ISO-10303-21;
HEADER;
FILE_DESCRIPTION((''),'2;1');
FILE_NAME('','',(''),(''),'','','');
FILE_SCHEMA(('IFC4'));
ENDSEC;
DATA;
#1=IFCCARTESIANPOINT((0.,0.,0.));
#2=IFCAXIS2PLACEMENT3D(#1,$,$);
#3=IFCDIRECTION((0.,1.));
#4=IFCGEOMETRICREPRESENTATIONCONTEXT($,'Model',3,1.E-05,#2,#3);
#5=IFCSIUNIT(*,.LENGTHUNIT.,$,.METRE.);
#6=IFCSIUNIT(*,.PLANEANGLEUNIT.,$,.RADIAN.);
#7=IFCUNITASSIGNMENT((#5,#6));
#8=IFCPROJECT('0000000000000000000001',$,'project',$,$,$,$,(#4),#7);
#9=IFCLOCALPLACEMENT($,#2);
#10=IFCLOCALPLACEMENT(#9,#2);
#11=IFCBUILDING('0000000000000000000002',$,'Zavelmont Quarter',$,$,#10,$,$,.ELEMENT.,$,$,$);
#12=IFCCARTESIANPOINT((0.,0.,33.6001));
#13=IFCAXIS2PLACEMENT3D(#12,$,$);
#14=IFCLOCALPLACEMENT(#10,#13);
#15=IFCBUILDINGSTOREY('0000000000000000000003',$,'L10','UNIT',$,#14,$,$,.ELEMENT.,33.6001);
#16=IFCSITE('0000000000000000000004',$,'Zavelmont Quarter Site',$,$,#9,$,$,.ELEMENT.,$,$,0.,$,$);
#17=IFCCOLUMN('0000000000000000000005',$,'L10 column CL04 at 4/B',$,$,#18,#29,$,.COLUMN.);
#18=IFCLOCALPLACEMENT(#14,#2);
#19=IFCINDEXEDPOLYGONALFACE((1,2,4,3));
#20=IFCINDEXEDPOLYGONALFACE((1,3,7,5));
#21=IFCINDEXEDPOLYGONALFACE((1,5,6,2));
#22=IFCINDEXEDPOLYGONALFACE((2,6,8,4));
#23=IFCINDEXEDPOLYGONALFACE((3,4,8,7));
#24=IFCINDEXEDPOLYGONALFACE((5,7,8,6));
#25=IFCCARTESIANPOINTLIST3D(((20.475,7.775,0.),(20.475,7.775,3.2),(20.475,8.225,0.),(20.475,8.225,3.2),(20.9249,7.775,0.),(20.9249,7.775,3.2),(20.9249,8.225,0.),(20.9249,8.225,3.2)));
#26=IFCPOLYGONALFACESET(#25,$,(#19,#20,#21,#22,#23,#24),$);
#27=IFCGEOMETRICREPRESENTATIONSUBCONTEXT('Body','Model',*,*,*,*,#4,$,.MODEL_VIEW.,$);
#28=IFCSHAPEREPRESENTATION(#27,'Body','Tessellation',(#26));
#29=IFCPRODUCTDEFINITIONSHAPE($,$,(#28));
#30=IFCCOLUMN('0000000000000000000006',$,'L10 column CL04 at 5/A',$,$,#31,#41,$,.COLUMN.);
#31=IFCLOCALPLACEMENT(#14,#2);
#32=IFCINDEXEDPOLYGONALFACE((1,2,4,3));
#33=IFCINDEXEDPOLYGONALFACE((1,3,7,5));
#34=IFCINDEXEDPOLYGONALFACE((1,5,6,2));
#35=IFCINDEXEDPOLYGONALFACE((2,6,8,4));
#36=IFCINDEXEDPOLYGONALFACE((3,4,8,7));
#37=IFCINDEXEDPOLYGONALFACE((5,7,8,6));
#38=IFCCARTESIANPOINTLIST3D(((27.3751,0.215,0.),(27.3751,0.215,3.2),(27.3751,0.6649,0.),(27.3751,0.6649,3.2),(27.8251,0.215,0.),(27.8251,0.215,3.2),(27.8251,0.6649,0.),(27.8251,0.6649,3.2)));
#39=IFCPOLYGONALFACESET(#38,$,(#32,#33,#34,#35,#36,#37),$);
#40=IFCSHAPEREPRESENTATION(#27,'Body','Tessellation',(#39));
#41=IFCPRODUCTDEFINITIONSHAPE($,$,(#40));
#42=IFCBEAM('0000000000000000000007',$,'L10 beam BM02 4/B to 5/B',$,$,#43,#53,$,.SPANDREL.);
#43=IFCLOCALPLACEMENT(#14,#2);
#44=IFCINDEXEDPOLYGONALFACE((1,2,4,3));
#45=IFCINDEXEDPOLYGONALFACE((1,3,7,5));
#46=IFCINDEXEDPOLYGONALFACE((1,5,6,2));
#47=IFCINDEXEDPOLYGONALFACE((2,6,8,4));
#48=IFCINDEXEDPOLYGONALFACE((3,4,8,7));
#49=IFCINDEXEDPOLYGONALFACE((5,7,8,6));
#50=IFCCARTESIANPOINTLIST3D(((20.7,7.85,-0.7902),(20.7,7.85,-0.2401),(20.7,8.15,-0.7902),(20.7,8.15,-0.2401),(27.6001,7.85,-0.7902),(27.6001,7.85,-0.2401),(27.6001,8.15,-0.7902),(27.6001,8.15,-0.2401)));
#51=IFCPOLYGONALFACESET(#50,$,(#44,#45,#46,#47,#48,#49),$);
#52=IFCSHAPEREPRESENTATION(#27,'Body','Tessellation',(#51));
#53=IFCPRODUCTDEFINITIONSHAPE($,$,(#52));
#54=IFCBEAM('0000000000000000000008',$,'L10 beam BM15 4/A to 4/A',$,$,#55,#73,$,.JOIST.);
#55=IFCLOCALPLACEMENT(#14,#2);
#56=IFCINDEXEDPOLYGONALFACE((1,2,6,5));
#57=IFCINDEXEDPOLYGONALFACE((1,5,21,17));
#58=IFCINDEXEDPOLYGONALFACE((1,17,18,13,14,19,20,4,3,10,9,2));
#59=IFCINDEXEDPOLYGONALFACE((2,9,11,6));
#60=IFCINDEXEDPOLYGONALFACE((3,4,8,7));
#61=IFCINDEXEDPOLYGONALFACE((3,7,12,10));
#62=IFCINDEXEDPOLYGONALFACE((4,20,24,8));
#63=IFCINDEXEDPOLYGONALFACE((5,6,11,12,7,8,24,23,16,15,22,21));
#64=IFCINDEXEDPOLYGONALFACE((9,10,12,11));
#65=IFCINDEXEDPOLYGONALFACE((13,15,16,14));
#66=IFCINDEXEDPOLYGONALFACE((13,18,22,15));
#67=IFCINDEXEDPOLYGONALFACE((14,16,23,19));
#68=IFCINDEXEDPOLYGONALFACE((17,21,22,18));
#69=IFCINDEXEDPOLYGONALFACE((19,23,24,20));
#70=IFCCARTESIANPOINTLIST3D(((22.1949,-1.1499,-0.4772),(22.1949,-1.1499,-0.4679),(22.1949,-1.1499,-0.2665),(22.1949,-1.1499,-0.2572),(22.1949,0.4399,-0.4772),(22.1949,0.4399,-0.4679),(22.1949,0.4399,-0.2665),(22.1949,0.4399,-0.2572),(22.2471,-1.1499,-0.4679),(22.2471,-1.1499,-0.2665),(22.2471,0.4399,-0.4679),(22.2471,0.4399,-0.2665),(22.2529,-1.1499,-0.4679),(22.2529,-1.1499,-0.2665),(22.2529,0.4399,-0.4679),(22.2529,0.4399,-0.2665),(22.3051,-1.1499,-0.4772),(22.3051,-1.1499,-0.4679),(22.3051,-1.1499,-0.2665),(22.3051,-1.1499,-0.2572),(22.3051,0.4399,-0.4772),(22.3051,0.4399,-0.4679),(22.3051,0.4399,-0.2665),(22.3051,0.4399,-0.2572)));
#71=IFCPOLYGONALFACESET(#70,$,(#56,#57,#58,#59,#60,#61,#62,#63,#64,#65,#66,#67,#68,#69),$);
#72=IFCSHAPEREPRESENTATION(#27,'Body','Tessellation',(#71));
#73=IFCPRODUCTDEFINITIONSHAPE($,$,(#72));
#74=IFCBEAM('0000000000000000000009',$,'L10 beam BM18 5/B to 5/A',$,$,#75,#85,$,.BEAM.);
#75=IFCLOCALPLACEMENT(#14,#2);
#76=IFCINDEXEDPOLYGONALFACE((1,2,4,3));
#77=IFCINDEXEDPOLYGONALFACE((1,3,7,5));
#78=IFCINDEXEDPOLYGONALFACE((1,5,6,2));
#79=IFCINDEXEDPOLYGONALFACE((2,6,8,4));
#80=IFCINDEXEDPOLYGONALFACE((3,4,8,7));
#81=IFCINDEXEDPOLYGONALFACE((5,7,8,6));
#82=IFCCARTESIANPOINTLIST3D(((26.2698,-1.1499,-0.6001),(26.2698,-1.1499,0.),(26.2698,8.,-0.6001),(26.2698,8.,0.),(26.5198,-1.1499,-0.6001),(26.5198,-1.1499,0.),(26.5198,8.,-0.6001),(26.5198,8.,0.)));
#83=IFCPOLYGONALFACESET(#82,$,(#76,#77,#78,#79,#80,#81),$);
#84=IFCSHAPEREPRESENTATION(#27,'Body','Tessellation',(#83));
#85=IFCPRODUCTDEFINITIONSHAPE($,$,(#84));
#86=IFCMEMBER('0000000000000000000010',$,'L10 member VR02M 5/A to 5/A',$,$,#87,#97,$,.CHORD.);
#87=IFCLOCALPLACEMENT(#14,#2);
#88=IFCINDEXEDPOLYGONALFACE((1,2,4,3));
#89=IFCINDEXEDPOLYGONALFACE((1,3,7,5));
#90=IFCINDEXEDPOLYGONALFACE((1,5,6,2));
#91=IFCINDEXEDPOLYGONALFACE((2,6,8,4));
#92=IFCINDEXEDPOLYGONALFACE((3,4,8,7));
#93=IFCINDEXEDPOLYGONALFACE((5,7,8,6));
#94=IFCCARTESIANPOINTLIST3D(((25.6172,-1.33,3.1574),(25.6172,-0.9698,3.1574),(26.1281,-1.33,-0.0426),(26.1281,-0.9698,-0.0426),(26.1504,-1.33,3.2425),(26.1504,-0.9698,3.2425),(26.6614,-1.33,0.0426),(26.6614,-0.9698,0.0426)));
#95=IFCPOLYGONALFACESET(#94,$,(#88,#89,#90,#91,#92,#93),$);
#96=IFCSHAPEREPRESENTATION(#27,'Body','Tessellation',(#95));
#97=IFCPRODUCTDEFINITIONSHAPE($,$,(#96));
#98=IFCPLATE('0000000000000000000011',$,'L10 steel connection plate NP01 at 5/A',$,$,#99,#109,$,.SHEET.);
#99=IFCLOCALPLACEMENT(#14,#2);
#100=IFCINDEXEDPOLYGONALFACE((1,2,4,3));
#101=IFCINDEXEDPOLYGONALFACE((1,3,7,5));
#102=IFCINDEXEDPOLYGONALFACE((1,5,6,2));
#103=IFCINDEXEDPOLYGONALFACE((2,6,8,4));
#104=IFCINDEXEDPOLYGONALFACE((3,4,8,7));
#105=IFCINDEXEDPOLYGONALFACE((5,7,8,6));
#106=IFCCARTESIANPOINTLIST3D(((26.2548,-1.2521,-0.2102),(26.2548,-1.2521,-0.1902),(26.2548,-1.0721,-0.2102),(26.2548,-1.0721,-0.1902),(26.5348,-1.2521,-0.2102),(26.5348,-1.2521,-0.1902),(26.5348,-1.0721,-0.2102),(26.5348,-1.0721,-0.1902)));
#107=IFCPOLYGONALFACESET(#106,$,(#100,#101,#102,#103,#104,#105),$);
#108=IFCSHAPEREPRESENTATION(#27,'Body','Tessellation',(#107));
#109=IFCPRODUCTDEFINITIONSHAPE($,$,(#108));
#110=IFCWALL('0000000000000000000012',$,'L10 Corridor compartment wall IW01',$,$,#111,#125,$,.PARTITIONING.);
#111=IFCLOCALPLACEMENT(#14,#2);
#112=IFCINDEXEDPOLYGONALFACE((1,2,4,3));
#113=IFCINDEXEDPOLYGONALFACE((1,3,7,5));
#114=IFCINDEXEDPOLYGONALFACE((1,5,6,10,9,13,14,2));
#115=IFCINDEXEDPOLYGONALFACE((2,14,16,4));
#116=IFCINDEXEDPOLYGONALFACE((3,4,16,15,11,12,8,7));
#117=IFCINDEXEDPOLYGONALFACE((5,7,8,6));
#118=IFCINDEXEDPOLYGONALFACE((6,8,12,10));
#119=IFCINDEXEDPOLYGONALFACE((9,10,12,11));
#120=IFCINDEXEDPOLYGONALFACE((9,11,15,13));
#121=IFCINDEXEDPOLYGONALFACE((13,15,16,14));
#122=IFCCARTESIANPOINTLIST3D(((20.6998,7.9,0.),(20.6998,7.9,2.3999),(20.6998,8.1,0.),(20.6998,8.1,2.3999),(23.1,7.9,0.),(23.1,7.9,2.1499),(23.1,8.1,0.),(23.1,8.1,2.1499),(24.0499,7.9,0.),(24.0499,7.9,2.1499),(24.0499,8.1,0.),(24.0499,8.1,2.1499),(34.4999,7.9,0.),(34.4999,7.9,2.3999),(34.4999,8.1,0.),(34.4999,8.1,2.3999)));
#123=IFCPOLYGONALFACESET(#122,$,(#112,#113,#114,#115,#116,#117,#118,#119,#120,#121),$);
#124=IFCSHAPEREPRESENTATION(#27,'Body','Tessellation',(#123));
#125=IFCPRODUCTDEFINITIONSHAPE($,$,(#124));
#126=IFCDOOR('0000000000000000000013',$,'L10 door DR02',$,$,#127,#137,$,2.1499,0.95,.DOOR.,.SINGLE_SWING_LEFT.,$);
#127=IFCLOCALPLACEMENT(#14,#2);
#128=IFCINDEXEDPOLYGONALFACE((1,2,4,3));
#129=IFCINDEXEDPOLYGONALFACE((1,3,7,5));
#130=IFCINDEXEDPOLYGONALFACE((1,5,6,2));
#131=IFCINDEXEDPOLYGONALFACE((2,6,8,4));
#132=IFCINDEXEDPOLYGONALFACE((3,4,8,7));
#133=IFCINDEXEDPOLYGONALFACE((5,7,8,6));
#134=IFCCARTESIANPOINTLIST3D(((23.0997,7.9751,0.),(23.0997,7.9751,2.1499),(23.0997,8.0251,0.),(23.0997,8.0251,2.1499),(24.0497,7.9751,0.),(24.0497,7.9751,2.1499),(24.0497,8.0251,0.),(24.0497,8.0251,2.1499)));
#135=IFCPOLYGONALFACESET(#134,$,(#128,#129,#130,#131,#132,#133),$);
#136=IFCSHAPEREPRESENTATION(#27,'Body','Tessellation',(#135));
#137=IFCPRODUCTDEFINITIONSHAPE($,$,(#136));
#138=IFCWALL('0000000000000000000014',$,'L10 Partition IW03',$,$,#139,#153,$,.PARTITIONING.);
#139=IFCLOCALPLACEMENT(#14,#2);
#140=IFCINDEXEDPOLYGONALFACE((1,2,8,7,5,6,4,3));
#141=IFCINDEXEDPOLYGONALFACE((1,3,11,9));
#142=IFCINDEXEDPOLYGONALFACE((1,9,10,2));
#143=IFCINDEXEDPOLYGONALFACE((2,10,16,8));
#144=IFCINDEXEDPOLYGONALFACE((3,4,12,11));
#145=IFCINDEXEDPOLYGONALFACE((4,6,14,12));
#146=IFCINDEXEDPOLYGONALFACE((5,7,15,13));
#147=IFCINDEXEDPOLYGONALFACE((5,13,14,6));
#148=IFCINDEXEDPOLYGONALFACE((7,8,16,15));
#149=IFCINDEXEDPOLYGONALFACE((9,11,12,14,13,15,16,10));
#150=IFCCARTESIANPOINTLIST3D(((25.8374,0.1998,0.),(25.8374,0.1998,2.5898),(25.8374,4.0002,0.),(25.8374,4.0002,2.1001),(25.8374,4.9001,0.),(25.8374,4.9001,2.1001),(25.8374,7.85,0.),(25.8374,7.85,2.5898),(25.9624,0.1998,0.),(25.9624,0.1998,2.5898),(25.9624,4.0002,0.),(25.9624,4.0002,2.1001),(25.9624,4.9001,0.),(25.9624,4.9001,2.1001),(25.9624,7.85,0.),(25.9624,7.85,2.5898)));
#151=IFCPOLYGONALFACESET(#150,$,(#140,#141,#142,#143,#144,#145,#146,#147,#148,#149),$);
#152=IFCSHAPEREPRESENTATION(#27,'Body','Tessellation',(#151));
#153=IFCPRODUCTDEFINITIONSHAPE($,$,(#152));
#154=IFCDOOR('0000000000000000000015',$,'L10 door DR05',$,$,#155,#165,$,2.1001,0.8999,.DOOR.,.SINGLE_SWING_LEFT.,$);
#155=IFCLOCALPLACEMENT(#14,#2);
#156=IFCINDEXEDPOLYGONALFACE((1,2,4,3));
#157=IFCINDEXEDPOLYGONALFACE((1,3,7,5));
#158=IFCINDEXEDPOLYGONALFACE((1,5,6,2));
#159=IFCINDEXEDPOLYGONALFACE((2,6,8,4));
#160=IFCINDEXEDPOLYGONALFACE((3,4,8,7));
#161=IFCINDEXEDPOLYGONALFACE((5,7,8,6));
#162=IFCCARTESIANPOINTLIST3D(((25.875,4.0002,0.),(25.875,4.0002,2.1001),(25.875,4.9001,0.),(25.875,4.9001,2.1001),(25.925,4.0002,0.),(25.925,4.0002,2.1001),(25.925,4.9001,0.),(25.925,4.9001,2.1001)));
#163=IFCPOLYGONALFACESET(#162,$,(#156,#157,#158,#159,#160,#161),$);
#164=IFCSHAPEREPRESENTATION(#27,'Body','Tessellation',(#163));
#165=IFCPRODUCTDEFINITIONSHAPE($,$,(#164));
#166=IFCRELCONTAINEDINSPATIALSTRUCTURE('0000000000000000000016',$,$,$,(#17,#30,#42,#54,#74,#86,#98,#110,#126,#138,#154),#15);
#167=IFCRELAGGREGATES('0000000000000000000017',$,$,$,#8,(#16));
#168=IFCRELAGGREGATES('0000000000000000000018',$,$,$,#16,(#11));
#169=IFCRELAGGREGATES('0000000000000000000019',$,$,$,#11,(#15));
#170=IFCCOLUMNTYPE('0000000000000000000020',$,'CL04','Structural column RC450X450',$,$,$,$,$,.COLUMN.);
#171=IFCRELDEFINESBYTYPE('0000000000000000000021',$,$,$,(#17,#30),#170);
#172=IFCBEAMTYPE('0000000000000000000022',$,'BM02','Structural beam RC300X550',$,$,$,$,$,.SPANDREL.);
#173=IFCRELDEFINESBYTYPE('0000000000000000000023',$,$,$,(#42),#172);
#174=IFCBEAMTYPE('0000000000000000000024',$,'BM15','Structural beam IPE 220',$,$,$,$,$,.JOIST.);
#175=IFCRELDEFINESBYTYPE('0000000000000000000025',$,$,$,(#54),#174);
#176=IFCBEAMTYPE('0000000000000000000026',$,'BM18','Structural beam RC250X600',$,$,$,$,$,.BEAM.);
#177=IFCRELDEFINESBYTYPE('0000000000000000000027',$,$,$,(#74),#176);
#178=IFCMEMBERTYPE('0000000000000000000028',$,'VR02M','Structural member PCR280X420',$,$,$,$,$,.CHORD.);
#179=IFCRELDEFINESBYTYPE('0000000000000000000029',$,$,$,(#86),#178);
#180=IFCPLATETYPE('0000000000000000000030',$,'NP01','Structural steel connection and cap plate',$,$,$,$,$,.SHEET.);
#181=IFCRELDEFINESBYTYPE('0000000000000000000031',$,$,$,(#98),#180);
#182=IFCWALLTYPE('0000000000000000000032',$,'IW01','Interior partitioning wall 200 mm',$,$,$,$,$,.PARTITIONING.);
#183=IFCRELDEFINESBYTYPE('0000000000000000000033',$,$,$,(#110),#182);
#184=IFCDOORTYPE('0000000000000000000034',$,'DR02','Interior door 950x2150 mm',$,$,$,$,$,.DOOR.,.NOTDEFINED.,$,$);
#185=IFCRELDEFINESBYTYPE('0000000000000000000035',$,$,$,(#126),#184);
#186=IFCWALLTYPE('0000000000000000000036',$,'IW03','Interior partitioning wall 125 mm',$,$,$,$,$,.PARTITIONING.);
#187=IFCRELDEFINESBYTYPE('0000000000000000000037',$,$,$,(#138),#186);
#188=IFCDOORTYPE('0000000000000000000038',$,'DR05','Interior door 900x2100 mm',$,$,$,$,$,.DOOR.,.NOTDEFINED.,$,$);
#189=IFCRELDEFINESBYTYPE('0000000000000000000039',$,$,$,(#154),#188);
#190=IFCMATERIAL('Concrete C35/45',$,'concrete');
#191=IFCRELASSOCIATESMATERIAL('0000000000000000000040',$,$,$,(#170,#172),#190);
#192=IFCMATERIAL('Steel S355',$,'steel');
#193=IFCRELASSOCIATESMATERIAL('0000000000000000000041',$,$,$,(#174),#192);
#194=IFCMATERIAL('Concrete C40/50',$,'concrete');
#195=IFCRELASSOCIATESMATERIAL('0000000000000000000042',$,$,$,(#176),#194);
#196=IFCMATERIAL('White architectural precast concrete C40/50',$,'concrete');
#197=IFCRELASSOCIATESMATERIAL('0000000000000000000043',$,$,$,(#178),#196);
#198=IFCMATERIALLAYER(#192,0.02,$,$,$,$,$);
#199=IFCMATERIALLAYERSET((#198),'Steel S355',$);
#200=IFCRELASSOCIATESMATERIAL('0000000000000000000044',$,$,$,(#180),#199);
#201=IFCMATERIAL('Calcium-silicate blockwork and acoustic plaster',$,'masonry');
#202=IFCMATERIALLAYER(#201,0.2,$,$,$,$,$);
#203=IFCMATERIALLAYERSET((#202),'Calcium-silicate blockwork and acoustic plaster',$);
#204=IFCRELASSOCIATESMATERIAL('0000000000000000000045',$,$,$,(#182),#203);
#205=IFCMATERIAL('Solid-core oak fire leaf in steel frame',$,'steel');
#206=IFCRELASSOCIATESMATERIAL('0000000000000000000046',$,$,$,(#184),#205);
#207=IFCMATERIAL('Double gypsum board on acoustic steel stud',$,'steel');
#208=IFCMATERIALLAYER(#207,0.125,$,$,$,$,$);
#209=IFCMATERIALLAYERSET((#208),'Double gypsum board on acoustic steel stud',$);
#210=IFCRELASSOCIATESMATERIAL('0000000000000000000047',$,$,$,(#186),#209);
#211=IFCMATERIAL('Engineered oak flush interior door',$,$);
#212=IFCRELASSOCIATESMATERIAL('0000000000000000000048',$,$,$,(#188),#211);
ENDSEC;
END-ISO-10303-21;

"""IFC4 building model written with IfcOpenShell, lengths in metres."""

from ifc_helpers import new_model, si_unit, direction, frame, frame_2d, origin, origin_2d, place, context, subcontext, project, spatial, rectangle, i_section, extrude, material, layer, layer_set, material_profile, profile_set, type_object, element, fill, save


model = new_model("IFC4")

# Units and contexts
model_context = context("Model", 3, precision=1e-05, world=origin(), true_north=direction((0.0, 1.0)))
body_context = subcontext(model_context, "Body", "Model", "MODEL_VIEW")
ifc_project = project(units=[si_unit("LENGTHUNIT", "METRE"), si_unit("PLANEANGLEUNIT", "RADIAN")], contexts=[model_context])

# Site, building, storey
site_placement = place(None, origin())
site = spatial("IfcSite", under=ifc_project, at=site_placement, Name="Zavelmont Quarter Site", CompositionType="ELEMENT", RefElevation=0.0)
building_placement = place(site_placement, origin())
building = spatial("IfcBuilding", under=site, at=building_placement, Name="Zavelmont Quarter", CompositionType="ELEMENT")
storey_placement = place(building_placement, frame((0.0, 0.0, 33.6001)))
storey = spatial("IfcBuildingStorey", under=building, at=storey_placement, Name="L10", Description="UNIT", CompositionType="ELEMENT", Elevation=33.6001)

# Columns
ifc_material_1 = material(Name="Concrete C35/45", Category="concrete")
ifc_material_profile_1 = material_profile(ifc_material_1, rectangle(XDim=0.45, YDim=0.45, at=origin_2d()), Name="RC450X450")
ifc_profile_set_1 = profile_set([ifc_material_profile_1], Name="Concrete C35/45")
column_type = type_object("IfcColumnType", Name="CL04", Description="Structural column RC450X450", PredefinedType="COLUMN", material=ifc_profile_set_1)
for number, where, z_axis, x_axis, name in (
    (1, (20.7, 8.0, 0.0), (0.0, 0.0, 1.0), (1.0, 0.0, 0.0), "L10 column CL04 at 4/B"),
    (2, (27.6001, 0.4399, 0.0), (0.0, 0.0, 1.0), (1.0, 0.0, 0.0), "L10 column CL04 at 5/A"),
):
    element("IfcColumn", number, at=place(storey_placement, frame(where, z_axis=z_axis, x_axis=x_axis)), inside=storey, type_object=column_type, Name=name, PredefinedType="COLUMN", context=body_context, shape_type="SweptSolid", body=[
        extrude(rectangle(XDim=0.45, YDim=0.45, at=origin_2d()), origin(), (0.0, 0.0, 1.0), 3.2),
    ])

# Beams
ifc_material_profile_2 = material_profile(ifc_material_1, rectangle(XDim=0.3, YDim=0.55, at=origin_2d()), Name="RC300X550")
ifc_profile_set_2 = profile_set([ifc_material_profile_2], Name="Concrete C35/45")
beam_type_1 = type_object("IfcBeamType", Name="BM02", Description="Structural beam RC300X550", PredefinedType="SPANDREL", material=ifc_profile_set_2)
beam_1_placement = place(storey_placement, frame((20.7, 8.0, -0.5151), z_axis=(1.0, 0.0, 0.0), x_axis=(0.0, 1.0, 0.0)))
element("IfcBeam", 3, at=beam_1_placement, inside=storey, type_object=beam_type_1, Name="L10 beam BM02 4/B to 5/B", PredefinedType="SPANDREL", context=body_context, shape_type="SweptSolid", body=[
    extrude(rectangle(XDim=0.3, YDim=0.55, at=origin_2d()), origin(), (0.0, 0.0, 1.0), 6.9001),
])
ifc_material_2 = material(Name="Steel S355", Category="steel")
ifc_material_profile_3 = material_profile(ifc_material_2, i_section(OverallWidth=0.1101, OverallDepth=0.22, WebThickness=0.0059, FlangeThickness=0.0093, at=origin_2d()), Name="IPE 220")
ifc_profile_set_3 = profile_set([ifc_material_profile_3], Name="Steel S355")
beam_type_2 = type_object("IfcBeamType", Name="BM15", Description="Structural beam IPE 220", PredefinedType="JOIST", material=ifc_profile_set_3)
beam_2_placement = place(storey_placement, frame((22.25, 0.4399, -0.3672), z_axis=(0.0, -1.0, 0.0), x_axis=(1.0, 0.0, 0.0)))
element("IfcBeam", 4, at=beam_2_placement, inside=storey, type_object=beam_type_2, Name="L10 beam BM15 4/A to 4/A", PredefinedType="JOIST", context=body_context, shape_type="SweptSolid", body=[
    extrude(i_section(OverallWidth=0.1101, OverallDepth=0.22, WebThickness=0.0059, FlangeThickness=0.0093, at=origin_2d()), origin(), (0.0, 0.0, 1.0), 1.5898),
])
ifc_material_3 = material(Name="Concrete C40/50", Category="concrete")
ifc_material_profile_4 = material_profile(ifc_material_3, rectangle(XDim=0.25, YDim=0.6001, at=origin_2d()), Name="RC250X600")
ifc_profile_set_4 = profile_set([ifc_material_profile_4], Name="Concrete C40/50")
beam_type_3 = type_object("IfcBeamType", Name="BM18", Description="Structural beam RC250X600", PredefinedType="BEAM", material=ifc_profile_set_4)
beam_3_placement = place(storey_placement, frame((26.3948, 8.0, -0.3), z_axis=(0.0, -1.0, 0.0), x_axis=(1.0, 0.0, 0.0)))
element("IfcBeam", 5, at=beam_3_placement, inside=storey, type_object=beam_type_3, Name="L10 beam BM18 5/B to 5/A", PredefinedType="BEAM", context=body_context, shape_type="SweptSolid", body=[
    extrude(rectangle(XDim=0.25, YDim=0.6001, at=origin_2d()), origin(), (0.0, 0.0, 1.0), 9.1499),
])

# Member
ifc_material_4 = material(Name="White architectural precast concrete C40/50", Category="concrete")
ifc_material_profile_5 = material_profile(ifc_material_4, rectangle(XDim=0.3601, YDim=0.54, at=origin_2d()), Name="PCR280X420")
ifc_profile_set_5 = profile_set([ifc_material_profile_5], Name="White architectural precast concrete C40/50")
member_type = type_object("IfcMemberType", Name="VR02M", Description="Structural member PCR280X420", PredefinedType="CHORD", material=ifc_profile_set_5)
member_placement = place(storey_placement, frame((26.3948, -1.1499, 0.0), z_axis=(-0.157688, 0.0, 0.987489), x_axis=(0.0, -1.0, 0.0)))
element("IfcMember", 6, at=member_placement, inside=storey, type_object=member_type, Name="L10 member VR02M 5/A to 5/A", PredefinedType="CHORD", context=body_context, shape_type="SweptSolid", body=[
    extrude(rectangle(XDim=0.3601, YDim=0.54, at=origin_2d()), origin(), (0.0, 0.0, 1.0), 3.2405),
])

# Plate
ifc_layer_1 = layer(ifc_material_2, 0.02)
ifc_layer_set_1 = layer_set([ifc_layer_1], Name="Steel S355")
plate_type = type_object("IfcPlateType", Name="NP01", Description="Structural steel connection and cap plate", PredefinedType="SHEET", material=ifc_layer_set_1)
plate_placement = place(storey_placement, frame((26.3948, -1.1621, -0.2102), z_axis=(0.0, 0.0, 1.0), x_axis=(1.0, 0.0, 0.0)))
element("IfcPlate", 7, at=plate_placement, inside=storey, type_object=plate_type, Name="L10 steel connection plate NP01 at 5/A", PredefinedType="SHEET", context=body_context, shape_type="SweptSolid", body=[
    extrude(rectangle(XDim=0.28, YDim=0.1799, at=origin_2d()), origin(), (0.0, 0.0, 1.0), 0.02),
])

# Walls, openings, doors
ifc_material_5 = material(Name="Calcium-silicate blockwork and acoustic plaster", Category="masonry")
ifc_layer_2 = layer(ifc_material_5, 0.2)
ifc_layer_set_2 = layer_set([ifc_layer_2], Name="Calcium-silicate blockwork and acoustic plaster")
wall_type_1 = type_object("IfcWallType", Name="IW01", Description="Interior partitioning wall 200 mm", PredefinedType="PARTITIONING", material=ifc_layer_set_2)
wall_1_placement = place(storey_placement, frame((20.7, 8.0, 0.0), z_axis=(0.0, 0.0, 1.0), x_axis=(1.0, 0.0, 0.0)))
wall_1 = element("IfcWall", 8, at=wall_1_placement, inside=storey, type_object=wall_type_1, Name="L10 Corridor compartment wall IW01", PredefinedType="PARTITIONING", context=body_context, shape_type="SweptSolid", body=[
    extrude(rectangle(XDim=13.8, YDim=0.2, at=frame_2d((6.8999, 0.0))), origin(), (0.0, 0.0, 1.0), 2.3999),
])
opening_1_placement = place(wall_1_placement, frame((2.3999, 0.0, 0.0)))
opening_1 = element("IfcOpeningElement", 9, at=opening_1_placement, cuts=wall_1, PredefinedType="OPENING", context=body_context, shape_type="SweptSolid", body=[
    extrude(rectangle(XDim=0.95, YDim=2.1499, at=frame_2d((0.4751, 1.075))), frame((0.0, 0.1118, 0.0), z_axis=(0.0, -1.0, 0.0), x_axis=(1.0, 0.0, 0.0)), (0.0, 0.0, 1.0), 0.2239),
])
ifc_material_6 = material(Name="Solid-core oak fire leaf in steel frame", Category="steel")
door_type_1 = type_object("IfcDoorType", Name="DR02", Description="Interior door 950x2150 mm", OperationType="NOTDEFINED", PredefinedType="DOOR", material=ifc_material_6)
door_1_placement = place(opening_1_placement, frame((0.95, 0.0, 0.0), z_axis=(0.0, 0.0, 1.0), x_axis=(-1.0, 0.0, 0.0)))
door_1 = element("IfcDoor", 10, at=door_1_placement, inside=storey, type_object=door_type_1, Name="L10 door DR02", OperationType="SINGLE_SWING_LEFT", OverallHeight=2.1499, OverallWidth=0.95, PredefinedType="DOOR", context=body_context, shape_type="SweptSolid", body=[
    extrude(rectangle(XDim=0.95, YDim=2.1499, at=frame_2d((0.4751, 1.075))), frame((0.0, 0.0249, 0.0), z_axis=(0.0, -1.0, 0.0), x_axis=(1.0, 0.0, 0.0)), (0.0, 0.0, 1.0), 0.05),
])
fill(opening_1, door_1)
ifc_material_7 = material(Name="Double gypsum board on acoustic steel stud", Category="steel")
ifc_layer_3 = layer(ifc_material_7, 0.125)
ifc_layer_set_3 = layer_set([ifc_layer_3], Name="Double gypsum board on acoustic steel stud")
wall_type_2 = type_object("IfcWallType", Name="IW03", Description="Interior partitioning wall 125 mm", PredefinedType="PARTITIONING", material=ifc_layer_set_3)
wall_2_placement = place(storey_placement, frame((25.8999, 7.8501, 0.0), z_axis=(0.0, 0.0, 1.0), x_axis=(0.0, -1.0, 0.0)))
wall_2 = element("IfcWall", 11, at=wall_2_placement, inside=storey, type_object=wall_type_2, Name="L10 Partition IW03", PredefinedType="PARTITIONING", context=body_context, shape_type="SweptSolid", body=[
    extrude(rectangle(XDim=7.6501, YDim=0.125, at=frame_2d((3.8252, 0.0))), origin(), (0.0, 0.0, 1.0), 2.5898),
])
opening_2_placement = place(wall_2_placement, frame((2.95, 0.0, 0.0)))
opening_2 = element("IfcOpeningElement", 12, at=opening_2_placement, cuts=wall_2, PredefinedType="OPENING", context=body_context, shape_type="SweptSolid", body=[
    extrude(rectangle(XDim=0.8999, YDim=2.1001, at=frame_2d((0.45, 1.05))), frame((0.0, 0.0745, 0.0), z_axis=(0.0, -1.0, 0.0), x_axis=(1.0, 0.0, 0.0)), (0.0, 0.0, 1.0), 0.1489),
])
ifc_material_8 = material(Name="Engineered oak flush interior door")
door_type_2 = type_object("IfcDoorType", Name="DR05", Description="Interior door 900x2100 mm", OperationType="NOTDEFINED", PredefinedType="DOOR", material=ifc_material_8)
door_2_placement = place(opening_2_placement, frame((0.8999, 0.0, 0.0), z_axis=(0.0, 0.0, 1.0), x_axis=(-1.0, 0.0, 0.0)))
door_2 = element("IfcDoor", 13, at=door_2_placement, inside=storey, type_object=door_type_2, Name="L10 door DR05", OperationType="SINGLE_SWING_LEFT", OverallHeight=2.1001, OverallWidth=0.8999, PredefinedType="DOOR", context=body_context, shape_type="SweptSolid", body=[
    extrude(rectangle(XDim=0.8999, YDim=2.1001, at=frame_2d((0.45, 1.05))), frame((0.0, 0.0249, 0.0), z_axis=(0.0, -1.0, 0.0), x_axis=(1.0, 0.0, 0.0)), (0.0, 0.0, 1.0), 0.05),
])
fill(opening_2, door_2)

save(model, "model.ifc")
